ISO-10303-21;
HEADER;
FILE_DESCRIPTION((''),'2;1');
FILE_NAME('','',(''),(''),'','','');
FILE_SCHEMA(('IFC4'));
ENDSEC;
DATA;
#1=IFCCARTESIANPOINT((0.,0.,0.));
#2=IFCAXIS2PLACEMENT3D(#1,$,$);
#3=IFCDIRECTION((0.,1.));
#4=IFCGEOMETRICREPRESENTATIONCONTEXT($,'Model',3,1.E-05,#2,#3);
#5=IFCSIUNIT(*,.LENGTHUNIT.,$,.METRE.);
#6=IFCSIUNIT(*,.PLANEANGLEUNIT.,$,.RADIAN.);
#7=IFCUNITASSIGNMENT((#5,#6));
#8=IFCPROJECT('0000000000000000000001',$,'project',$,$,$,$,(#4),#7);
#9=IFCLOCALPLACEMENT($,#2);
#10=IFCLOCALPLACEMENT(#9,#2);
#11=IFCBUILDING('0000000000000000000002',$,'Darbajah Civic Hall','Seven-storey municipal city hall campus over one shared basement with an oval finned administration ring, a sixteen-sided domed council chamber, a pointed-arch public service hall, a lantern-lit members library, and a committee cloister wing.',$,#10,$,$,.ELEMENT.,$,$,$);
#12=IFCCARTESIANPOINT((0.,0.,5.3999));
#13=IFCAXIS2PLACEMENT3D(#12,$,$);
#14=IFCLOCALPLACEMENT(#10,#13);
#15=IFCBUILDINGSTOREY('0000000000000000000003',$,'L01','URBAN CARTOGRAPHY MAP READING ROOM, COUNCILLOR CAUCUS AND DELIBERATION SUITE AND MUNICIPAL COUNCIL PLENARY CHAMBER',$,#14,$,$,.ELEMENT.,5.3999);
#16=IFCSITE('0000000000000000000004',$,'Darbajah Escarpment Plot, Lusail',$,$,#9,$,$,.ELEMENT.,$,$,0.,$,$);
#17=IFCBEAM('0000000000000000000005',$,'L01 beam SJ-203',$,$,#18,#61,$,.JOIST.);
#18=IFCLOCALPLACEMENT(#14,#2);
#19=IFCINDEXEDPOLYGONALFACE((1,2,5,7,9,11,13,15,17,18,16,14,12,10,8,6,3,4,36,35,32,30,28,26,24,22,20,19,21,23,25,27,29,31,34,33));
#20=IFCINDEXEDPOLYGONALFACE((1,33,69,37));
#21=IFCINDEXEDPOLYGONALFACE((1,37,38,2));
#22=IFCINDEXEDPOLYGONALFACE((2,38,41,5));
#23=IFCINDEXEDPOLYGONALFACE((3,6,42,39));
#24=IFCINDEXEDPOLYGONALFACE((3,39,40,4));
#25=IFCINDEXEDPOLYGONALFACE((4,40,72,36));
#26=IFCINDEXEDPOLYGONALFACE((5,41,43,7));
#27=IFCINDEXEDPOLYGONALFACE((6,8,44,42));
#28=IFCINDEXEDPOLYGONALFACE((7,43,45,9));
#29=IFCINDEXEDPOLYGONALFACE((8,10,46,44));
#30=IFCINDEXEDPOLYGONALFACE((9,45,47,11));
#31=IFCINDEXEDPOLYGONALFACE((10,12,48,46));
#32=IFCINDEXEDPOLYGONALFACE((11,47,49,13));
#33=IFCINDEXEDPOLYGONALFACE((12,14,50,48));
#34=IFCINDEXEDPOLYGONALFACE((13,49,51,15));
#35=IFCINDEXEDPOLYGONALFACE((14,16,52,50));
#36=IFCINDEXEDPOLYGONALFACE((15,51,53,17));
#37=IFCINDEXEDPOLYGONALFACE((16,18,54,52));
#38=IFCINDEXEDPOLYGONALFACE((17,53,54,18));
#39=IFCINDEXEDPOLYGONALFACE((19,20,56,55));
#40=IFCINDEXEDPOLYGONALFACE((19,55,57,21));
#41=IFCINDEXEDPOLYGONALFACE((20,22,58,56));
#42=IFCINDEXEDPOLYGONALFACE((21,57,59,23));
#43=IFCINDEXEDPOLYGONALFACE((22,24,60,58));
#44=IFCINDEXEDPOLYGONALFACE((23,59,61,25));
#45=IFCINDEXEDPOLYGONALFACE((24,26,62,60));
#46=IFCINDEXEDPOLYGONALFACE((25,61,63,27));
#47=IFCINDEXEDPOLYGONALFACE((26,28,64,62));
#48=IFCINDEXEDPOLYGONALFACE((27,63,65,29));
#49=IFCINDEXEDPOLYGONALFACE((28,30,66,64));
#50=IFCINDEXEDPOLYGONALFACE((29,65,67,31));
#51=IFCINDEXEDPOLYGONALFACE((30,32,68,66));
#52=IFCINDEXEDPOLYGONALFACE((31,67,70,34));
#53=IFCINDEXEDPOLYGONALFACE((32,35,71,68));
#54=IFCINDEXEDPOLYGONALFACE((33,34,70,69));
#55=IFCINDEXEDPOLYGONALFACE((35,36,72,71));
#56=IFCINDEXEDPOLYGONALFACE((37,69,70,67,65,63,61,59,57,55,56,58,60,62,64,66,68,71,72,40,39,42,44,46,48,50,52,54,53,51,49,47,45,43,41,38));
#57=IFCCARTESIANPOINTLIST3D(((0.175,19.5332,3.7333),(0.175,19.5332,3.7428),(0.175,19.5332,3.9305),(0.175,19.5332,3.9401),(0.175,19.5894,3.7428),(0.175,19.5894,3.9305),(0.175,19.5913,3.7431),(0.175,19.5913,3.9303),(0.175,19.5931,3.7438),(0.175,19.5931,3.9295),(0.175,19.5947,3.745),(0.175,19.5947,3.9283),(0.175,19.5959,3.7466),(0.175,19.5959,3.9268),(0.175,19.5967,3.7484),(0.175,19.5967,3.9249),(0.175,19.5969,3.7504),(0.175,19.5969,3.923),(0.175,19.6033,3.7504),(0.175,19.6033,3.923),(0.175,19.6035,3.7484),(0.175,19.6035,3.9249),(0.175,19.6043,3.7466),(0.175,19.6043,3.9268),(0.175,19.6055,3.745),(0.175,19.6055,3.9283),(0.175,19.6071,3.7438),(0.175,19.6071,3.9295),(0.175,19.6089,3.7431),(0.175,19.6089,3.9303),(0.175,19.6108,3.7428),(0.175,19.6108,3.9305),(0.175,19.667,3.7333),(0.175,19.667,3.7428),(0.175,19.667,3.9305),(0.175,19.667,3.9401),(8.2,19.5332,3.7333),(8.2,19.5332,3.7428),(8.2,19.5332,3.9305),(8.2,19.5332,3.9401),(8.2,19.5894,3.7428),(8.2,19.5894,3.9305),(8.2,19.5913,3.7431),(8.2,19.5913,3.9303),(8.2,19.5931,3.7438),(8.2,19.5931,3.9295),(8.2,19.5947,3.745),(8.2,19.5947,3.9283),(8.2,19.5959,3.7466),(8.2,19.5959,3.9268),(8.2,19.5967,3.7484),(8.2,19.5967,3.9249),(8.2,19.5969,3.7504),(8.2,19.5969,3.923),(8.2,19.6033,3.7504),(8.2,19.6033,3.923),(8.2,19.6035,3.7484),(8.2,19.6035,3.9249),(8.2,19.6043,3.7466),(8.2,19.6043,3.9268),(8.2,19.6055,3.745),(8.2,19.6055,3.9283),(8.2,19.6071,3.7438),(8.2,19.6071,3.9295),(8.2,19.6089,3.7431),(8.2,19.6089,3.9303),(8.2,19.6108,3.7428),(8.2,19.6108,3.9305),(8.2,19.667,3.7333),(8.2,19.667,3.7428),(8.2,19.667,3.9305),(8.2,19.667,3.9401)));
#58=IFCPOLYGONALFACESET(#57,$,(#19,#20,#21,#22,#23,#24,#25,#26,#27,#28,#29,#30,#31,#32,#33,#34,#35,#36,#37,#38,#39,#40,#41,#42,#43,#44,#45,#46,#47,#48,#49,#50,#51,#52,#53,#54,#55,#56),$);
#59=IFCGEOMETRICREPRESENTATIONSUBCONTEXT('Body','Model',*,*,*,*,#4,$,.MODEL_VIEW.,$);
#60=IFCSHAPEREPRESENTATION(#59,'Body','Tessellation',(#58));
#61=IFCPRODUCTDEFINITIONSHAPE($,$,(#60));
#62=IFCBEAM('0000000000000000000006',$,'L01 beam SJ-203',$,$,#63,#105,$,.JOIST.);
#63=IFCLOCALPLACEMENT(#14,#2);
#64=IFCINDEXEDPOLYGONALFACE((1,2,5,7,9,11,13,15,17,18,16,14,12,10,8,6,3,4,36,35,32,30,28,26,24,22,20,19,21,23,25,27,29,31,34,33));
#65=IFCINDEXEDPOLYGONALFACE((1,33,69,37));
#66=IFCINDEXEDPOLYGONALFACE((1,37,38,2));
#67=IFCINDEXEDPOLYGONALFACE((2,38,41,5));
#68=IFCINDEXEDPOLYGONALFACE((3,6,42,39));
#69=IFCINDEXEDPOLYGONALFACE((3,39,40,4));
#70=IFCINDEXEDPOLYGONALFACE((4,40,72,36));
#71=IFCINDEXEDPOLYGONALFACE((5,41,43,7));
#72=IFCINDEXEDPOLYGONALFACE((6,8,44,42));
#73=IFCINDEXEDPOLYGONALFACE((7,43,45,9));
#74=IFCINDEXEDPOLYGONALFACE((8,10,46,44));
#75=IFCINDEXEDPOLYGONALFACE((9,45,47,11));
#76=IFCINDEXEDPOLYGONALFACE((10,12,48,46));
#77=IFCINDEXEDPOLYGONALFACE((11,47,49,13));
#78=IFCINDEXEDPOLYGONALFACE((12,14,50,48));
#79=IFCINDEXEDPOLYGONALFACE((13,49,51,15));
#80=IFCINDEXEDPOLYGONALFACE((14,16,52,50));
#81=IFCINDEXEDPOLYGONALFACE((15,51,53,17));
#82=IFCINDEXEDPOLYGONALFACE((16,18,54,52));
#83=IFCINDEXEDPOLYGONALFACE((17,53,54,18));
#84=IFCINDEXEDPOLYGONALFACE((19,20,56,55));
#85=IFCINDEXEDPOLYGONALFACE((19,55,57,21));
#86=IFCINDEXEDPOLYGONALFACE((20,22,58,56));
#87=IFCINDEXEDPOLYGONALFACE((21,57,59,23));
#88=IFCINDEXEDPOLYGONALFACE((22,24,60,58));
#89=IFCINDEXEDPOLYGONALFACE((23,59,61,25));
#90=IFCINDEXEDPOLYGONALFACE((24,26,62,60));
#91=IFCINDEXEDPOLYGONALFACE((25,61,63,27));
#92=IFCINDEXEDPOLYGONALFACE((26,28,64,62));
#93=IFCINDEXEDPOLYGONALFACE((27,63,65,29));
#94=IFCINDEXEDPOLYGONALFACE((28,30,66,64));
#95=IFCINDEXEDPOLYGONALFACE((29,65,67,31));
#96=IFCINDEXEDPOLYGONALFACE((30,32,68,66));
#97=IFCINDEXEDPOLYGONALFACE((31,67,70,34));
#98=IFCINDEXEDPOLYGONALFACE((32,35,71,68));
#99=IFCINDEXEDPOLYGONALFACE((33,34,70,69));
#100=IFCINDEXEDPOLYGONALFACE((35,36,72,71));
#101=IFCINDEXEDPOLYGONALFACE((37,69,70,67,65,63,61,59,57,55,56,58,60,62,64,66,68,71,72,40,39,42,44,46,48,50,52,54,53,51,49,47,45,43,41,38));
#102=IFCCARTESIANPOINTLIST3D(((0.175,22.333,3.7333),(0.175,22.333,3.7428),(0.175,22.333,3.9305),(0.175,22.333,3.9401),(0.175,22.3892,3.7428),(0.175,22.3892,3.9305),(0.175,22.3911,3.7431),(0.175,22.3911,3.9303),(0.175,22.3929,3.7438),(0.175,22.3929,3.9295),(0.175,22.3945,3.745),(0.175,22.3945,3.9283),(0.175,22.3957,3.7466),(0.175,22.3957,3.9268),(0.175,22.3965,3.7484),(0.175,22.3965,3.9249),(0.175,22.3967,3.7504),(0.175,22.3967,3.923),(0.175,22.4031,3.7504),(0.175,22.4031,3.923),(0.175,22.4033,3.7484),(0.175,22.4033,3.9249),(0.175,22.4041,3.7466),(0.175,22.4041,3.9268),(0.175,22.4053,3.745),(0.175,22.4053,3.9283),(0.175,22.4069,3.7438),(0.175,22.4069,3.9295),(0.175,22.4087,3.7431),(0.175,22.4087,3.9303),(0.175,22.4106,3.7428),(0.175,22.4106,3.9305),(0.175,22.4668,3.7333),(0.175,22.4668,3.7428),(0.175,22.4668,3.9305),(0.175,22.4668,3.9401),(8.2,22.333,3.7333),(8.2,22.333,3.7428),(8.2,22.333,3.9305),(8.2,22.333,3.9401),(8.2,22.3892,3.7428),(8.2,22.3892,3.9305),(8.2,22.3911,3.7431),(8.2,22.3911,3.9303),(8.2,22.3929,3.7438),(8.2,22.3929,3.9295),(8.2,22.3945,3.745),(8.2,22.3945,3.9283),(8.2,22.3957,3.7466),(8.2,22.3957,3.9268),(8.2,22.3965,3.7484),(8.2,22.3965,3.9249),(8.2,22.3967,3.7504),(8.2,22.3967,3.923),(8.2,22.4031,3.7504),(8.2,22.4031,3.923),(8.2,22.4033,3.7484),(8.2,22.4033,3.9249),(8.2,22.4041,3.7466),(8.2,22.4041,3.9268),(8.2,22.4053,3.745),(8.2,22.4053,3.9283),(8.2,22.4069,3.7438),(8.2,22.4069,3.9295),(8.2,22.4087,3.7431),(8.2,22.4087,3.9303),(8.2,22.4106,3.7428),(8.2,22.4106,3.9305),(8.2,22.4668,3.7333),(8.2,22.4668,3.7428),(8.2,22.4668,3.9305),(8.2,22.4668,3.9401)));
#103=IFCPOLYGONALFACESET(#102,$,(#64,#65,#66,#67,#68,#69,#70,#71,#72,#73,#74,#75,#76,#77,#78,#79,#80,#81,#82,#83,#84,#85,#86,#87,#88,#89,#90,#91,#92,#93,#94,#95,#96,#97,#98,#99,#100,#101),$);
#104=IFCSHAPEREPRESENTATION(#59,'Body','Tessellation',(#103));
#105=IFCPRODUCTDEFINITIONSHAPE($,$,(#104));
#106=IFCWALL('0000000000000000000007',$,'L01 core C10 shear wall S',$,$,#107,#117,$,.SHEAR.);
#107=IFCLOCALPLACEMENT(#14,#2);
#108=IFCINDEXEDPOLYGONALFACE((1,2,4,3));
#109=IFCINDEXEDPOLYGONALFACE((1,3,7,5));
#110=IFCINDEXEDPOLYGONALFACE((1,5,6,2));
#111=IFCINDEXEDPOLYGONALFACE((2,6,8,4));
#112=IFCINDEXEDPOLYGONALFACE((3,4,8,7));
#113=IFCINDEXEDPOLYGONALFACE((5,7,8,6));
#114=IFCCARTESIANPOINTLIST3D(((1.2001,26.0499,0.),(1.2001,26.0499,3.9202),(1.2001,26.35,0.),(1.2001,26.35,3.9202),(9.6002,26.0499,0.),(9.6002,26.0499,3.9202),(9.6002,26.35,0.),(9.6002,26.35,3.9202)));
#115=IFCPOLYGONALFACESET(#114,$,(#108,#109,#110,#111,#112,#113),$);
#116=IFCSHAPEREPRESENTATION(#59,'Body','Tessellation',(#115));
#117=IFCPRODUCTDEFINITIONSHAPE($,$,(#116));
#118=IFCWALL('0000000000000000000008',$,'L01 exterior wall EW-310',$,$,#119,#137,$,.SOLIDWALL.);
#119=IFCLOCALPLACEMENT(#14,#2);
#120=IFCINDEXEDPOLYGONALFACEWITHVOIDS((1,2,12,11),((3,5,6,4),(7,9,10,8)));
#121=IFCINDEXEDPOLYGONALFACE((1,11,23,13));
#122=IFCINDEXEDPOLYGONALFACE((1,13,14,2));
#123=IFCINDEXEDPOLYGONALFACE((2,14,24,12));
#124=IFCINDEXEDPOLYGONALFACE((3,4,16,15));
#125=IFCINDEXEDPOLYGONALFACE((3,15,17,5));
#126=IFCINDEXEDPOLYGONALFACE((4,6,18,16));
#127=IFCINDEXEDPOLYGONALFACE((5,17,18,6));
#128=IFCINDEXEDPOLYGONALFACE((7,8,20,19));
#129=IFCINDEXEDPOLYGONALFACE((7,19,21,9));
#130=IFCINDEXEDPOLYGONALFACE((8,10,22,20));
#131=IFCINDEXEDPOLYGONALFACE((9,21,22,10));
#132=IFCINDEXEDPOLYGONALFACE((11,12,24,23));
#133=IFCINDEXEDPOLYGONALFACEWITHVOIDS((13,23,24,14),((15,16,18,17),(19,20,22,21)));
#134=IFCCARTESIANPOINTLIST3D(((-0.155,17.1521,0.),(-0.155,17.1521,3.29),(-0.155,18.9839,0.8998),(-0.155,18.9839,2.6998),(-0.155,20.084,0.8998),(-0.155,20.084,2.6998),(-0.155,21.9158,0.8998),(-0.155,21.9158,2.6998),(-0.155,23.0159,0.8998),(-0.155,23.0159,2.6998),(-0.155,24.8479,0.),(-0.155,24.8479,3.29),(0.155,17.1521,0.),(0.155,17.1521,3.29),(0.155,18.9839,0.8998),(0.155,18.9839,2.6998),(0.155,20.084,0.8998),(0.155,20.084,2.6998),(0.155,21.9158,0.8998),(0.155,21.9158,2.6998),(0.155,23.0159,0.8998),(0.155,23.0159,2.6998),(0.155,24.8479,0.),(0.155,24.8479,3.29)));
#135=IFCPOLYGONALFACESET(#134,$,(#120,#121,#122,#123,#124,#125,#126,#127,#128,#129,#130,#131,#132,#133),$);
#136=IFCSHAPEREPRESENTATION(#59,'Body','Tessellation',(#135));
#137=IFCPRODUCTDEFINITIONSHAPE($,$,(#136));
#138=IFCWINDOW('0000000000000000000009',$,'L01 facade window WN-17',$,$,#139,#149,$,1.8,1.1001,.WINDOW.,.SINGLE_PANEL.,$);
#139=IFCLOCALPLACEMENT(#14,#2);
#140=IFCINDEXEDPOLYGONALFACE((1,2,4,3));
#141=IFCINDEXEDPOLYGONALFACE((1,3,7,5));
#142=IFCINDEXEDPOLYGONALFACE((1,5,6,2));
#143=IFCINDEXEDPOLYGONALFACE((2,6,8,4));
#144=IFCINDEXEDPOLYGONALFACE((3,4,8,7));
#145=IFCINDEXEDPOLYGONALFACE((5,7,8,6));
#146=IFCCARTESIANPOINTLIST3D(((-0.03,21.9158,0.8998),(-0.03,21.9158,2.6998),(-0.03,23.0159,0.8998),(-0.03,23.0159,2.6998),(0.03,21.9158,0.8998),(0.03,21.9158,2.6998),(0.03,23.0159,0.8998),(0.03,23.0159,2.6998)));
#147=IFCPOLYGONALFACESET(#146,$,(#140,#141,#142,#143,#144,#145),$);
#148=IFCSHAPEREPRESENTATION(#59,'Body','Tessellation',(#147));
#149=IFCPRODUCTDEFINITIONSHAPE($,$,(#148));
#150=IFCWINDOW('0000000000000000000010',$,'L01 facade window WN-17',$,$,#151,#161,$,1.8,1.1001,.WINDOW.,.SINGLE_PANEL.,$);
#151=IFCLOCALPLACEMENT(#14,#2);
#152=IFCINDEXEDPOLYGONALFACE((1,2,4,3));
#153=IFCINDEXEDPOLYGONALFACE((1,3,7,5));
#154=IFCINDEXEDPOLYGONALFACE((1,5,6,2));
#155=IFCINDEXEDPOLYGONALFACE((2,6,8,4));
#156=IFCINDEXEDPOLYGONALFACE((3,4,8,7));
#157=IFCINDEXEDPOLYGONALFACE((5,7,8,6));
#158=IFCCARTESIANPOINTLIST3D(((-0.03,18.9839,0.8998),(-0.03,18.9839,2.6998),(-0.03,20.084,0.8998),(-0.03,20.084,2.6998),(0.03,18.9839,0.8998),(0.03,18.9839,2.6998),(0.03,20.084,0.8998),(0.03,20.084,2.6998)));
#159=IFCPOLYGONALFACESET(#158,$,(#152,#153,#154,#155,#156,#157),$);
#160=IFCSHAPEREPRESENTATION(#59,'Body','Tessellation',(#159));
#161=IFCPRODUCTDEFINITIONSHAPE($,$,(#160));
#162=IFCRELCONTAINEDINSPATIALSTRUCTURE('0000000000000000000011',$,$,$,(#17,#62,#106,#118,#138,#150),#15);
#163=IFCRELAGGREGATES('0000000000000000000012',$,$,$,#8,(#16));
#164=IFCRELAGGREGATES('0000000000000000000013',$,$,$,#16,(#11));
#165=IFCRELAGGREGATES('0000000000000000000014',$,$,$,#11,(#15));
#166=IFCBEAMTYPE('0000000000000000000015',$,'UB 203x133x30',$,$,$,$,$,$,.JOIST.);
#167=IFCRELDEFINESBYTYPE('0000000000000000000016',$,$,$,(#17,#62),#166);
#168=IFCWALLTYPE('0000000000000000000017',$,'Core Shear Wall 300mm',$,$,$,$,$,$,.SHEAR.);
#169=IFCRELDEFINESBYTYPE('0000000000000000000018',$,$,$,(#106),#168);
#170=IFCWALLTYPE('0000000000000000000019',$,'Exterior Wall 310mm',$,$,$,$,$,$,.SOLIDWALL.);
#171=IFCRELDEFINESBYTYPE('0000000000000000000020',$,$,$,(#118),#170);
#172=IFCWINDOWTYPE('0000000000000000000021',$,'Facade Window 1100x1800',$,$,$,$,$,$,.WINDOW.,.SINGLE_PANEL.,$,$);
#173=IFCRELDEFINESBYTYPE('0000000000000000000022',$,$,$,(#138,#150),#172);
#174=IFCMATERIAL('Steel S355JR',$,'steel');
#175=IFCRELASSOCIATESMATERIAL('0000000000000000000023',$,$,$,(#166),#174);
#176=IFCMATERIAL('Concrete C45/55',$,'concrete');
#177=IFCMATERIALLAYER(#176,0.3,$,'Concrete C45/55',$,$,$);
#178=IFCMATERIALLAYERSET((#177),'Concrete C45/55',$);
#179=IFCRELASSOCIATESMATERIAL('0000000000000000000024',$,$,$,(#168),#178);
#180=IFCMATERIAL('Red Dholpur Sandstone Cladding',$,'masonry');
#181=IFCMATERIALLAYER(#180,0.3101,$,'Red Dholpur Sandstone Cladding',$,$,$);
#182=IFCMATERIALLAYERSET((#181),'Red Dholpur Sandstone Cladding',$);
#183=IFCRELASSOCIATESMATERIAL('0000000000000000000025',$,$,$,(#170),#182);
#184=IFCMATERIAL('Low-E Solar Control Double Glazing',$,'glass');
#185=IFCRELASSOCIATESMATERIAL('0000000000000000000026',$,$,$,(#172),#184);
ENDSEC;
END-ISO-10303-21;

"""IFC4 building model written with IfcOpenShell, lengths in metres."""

from ifc_helpers import new_model, si_unit, direction, frame, frame_2d, origin, origin_2d, place, context, subcontext, project, spatial, rectangle, i_section, extrude, material, layer, layer_set, material_profile, profile_set, type_object, element, fill, save


model = new_model("IFC4")

# Units and contexts
model_context = context("Model", 3, precision=1e-05, world=origin(), true_north=direction((0.0, 1.0)))
body_context = subcontext(model_context, "Body", "Model", "MODEL_VIEW")
ifc_project = project(units=[si_unit("LENGTHUNIT", "METRE"), si_unit("PLANEANGLEUNIT", "RADIAN")], contexts=[model_context])

# Site, building, storey
site_placement = place(None, origin())
site = spatial("IfcSite", under=ifc_project, at=site_placement, Name="Darbajah Escarpment Plot, Lusail", CompositionType="ELEMENT", RefElevation=0.0)
building_placement = place(site_placement, origin())
building = spatial("IfcBuilding", under=site, at=building_placement, Name="Darbajah Civic Hall", Description="Seven-storey municipal city hall campus over one shared basement with an oval finned administration ring, a sixteen-sided domed council chamber, a pointed-arch public service hall, a lantern-lit members library, and a committee cloister wing.", CompositionType="ELEMENT")
storey_placement = place(building_placement, frame((0.0, 0.0, 5.3999)))
storey = spatial("IfcBuildingStorey", under=building, at=storey_placement, Name="L01", Description="URBAN CARTOGRAPHY MAP READING ROOM, COUNCILLOR CAUCUS AND DELIBERATION SUITE AND MUNICIPAL COUNCIL PLENARY CHAMBER", CompositionType="ELEMENT", Elevation=5.3999)

# Shared definitions
ifc_material_1 = material(Name="Concrete C45/55", Category="concrete")

# Beams
ifc_material_2 = material(Name="Steel S355JR", Category="steel")
ifc_material_profile_1 = material_profile(ifc_material_2, i_section(OverallWidth=0.1338, OverallDepth=0.2068, WebThickness=0.0063, FlangeThickness=0.0095, FilletRadius=0.0076, at=origin_2d()), Name="UB 203x133x30")
ifc_profile_set_1 = profile_set([ifc_material_profile_1], Name="Steel S355JR")
beam_type_1 = type_object("IfcBeamType", Name="UB 203x133x30", PredefinedType="JOIST", material=ifc_profile_set_1)
for number, where, z_axis, x_axis, name in (
    (1, (0.175, 19.6001, 3.8367), (1.0, 0.0, 0.0), (0.0, 1.0, 0.0), "L01 beam SJ-203"),
    (2, (0.175, 22.3999, 3.8367), (1.0, 0.0, 0.0), (0.0, 1.0, 0.0), "L01 beam SJ-203"),
):
    element("IfcBeam", number, at=place(storey_placement, frame(where, z_axis=z_axis, x_axis=x_axis)), inside=storey, type_object=beam_type_1, Name=name, PredefinedType="JOIST", context=body_context, shape_type="SweptSolid", body=[
        extrude(i_section(OverallWidth=0.1338, OverallDepth=0.2068, WebThickness=0.0063, FlangeThickness=0.0095, FilletRadius=0.0076, at=origin_2d()), origin(), (0.0, 0.0, 1.0), 8.0249),
    ])

# Wall
ifc_layer_1 = layer(ifc_material_1, 0.3, Name="Concrete C45/55")
ifc_layer_set_1 = layer_set([ifc_layer_1], Name="Concrete C45/55")
wall_type_1 = type_object("IfcWallType", Name="Core Shear Wall 300mm", PredefinedType="SHEAR", material=ifc_layer_set_1)
wall_1_placement = place(storey_placement, frame((1.2, 26.2, 0.0), z_axis=(0.0, 0.0, 1.0), x_axis=(1.0, 0.0, 0.0)))
element("IfcWall", 3, at=wall_1_placement, inside=storey, type_object=wall_type_1, Name="L01 core C10 shear wall S", PredefinedType="SHEAR", context=body_context, shape_type="SweptSolid", body=[
    extrude(rectangle(XDim=8.4001, YDim=0.3, at=frame_2d((4.2002, 0.0))), origin(), (0.0, 0.0, 1.0), 3.9202),
])

# Wall, openings, windows
ifc_material_3 = material(Name="Red Dholpur Sandstone Cladding", Category="masonry")
ifc_layer_2 = layer(ifc_material_3, 0.3101, Name="Red Dholpur Sandstone Cladding")
ifc_layer_set_2 = layer_set([ifc_layer_2], Name="Red Dholpur Sandstone Cladding")
wall_type_2 = type_object("IfcWallType", Name="Exterior Wall 310mm", PredefinedType="SOLIDWALL", material=ifc_layer_set_2)
wall_2_placement = place(storey_placement, frame((0.0, 24.8479, 0.0), z_axis=(0.0, 0.0, 1.0), x_axis=(0.0, -1.0, 0.0)))
wall_2 = element("IfcWall", 4, at=wall_2_placement, inside=storey, type_object=wall_type_2, Name="L01 exterior wall EW-310", PredefinedType="SOLIDWALL", context=body_context, shape_type="SweptSolid", body=[
    extrude(rectangle(XDim=7.6958, YDim=0.3101, at=frame_2d((3.8479, 0.0))), origin(), (0.0, 0.0, 1.0), 3.29),
])
opening_1_placement = place(wall_2_placement, frame((1.832, 0.0, 0.8999)))
opening_1 = element("IfcOpeningElement", 5, at=opening_1_placement, cuts=wall_2, PredefinedType="OPENING", context=body_context, shape_type="SweptSolid", body=[
    extrude(rectangle(XDim=1.1001, YDim=1.8, at=frame_2d((0.55, 0.8999))), frame((0.0, 0.165, 0.0), z_axis=(0.0, -1.0, 0.0), x_axis=(1.0, 0.0, 0.0)), (0.0, 0.0, 1.0), 0.3301),
])
opening_2_placement = place(wall_2_placement, frame((4.7639, 0.0, 0.8999)))
opening_2 = element("IfcOpeningElement", 6, at=opening_2_placement, cuts=wall_2, PredefinedType="OPENING", context=body_context, shape_type="SweptSolid", body=[
    extrude(rectangle(XDim=1.1001, YDim=1.8, at=frame_2d((0.55, 0.8999))), frame((0.0, 0.165, 0.0), z_axis=(0.0, -1.0, 0.0), x_axis=(1.0, 0.0, 0.0)), (0.0, 0.0, 1.0), 0.3301),
])
ifc_material_4 = material(Name="Low-E Solar Control Double Glazing", Category="glass")
window_type = type_object("IfcWindowType", Name="Facade Window 1100x1800", PartitioningType="SINGLE_PANEL", PredefinedType="WINDOW", material=ifc_material_4)
window_1_placement = place(opening_1_placement, origin())
window_1 = element("IfcWindow", 7, at=window_1_placement, inside=storey, type_object=window_type, Name="L01 facade window WN-17", OverallHeight=1.8, OverallWidth=1.1001, PartitioningType="SINGLE_PANEL", PredefinedType="WINDOW", context=body_context, shape_type="SweptSolid", body=[
    extrude(rectangle(XDim=1.1001, YDim=1.8, at=frame_2d((0.55, 0.8999))), frame((0.0, 0.03, 0.0), z_axis=(0.0, -1.0, 0.0), x_axis=(1.0, 0.0, 0.0)), (0.0, 0.0, 1.0), 0.0601),
])
fill(opening_1, window_1)
window_2_placement = place(opening_2_placement, origin())
window_2 = element("IfcWindow", 8, at=window_2_placement, inside=storey, type_object=window_type, Name="L01 facade window WN-17", OverallHeight=1.8, OverallWidth=1.1001, PartitioningType="SINGLE_PANEL", PredefinedType="WINDOW", context=body_context, shape_type="SweptSolid", body=[
    extrude(rectangle(XDim=1.1001, YDim=1.8, at=frame_2d((0.55, 0.8999))), frame((0.0, 0.03, 0.0), z_axis=(0.0, -1.0, 0.0), x_axis=(1.0, 0.0, 0.0)), (0.0, 0.0, 1.0), 0.0601),
])
fill(opening_2, window_2)

save(model, "model.ifc")
